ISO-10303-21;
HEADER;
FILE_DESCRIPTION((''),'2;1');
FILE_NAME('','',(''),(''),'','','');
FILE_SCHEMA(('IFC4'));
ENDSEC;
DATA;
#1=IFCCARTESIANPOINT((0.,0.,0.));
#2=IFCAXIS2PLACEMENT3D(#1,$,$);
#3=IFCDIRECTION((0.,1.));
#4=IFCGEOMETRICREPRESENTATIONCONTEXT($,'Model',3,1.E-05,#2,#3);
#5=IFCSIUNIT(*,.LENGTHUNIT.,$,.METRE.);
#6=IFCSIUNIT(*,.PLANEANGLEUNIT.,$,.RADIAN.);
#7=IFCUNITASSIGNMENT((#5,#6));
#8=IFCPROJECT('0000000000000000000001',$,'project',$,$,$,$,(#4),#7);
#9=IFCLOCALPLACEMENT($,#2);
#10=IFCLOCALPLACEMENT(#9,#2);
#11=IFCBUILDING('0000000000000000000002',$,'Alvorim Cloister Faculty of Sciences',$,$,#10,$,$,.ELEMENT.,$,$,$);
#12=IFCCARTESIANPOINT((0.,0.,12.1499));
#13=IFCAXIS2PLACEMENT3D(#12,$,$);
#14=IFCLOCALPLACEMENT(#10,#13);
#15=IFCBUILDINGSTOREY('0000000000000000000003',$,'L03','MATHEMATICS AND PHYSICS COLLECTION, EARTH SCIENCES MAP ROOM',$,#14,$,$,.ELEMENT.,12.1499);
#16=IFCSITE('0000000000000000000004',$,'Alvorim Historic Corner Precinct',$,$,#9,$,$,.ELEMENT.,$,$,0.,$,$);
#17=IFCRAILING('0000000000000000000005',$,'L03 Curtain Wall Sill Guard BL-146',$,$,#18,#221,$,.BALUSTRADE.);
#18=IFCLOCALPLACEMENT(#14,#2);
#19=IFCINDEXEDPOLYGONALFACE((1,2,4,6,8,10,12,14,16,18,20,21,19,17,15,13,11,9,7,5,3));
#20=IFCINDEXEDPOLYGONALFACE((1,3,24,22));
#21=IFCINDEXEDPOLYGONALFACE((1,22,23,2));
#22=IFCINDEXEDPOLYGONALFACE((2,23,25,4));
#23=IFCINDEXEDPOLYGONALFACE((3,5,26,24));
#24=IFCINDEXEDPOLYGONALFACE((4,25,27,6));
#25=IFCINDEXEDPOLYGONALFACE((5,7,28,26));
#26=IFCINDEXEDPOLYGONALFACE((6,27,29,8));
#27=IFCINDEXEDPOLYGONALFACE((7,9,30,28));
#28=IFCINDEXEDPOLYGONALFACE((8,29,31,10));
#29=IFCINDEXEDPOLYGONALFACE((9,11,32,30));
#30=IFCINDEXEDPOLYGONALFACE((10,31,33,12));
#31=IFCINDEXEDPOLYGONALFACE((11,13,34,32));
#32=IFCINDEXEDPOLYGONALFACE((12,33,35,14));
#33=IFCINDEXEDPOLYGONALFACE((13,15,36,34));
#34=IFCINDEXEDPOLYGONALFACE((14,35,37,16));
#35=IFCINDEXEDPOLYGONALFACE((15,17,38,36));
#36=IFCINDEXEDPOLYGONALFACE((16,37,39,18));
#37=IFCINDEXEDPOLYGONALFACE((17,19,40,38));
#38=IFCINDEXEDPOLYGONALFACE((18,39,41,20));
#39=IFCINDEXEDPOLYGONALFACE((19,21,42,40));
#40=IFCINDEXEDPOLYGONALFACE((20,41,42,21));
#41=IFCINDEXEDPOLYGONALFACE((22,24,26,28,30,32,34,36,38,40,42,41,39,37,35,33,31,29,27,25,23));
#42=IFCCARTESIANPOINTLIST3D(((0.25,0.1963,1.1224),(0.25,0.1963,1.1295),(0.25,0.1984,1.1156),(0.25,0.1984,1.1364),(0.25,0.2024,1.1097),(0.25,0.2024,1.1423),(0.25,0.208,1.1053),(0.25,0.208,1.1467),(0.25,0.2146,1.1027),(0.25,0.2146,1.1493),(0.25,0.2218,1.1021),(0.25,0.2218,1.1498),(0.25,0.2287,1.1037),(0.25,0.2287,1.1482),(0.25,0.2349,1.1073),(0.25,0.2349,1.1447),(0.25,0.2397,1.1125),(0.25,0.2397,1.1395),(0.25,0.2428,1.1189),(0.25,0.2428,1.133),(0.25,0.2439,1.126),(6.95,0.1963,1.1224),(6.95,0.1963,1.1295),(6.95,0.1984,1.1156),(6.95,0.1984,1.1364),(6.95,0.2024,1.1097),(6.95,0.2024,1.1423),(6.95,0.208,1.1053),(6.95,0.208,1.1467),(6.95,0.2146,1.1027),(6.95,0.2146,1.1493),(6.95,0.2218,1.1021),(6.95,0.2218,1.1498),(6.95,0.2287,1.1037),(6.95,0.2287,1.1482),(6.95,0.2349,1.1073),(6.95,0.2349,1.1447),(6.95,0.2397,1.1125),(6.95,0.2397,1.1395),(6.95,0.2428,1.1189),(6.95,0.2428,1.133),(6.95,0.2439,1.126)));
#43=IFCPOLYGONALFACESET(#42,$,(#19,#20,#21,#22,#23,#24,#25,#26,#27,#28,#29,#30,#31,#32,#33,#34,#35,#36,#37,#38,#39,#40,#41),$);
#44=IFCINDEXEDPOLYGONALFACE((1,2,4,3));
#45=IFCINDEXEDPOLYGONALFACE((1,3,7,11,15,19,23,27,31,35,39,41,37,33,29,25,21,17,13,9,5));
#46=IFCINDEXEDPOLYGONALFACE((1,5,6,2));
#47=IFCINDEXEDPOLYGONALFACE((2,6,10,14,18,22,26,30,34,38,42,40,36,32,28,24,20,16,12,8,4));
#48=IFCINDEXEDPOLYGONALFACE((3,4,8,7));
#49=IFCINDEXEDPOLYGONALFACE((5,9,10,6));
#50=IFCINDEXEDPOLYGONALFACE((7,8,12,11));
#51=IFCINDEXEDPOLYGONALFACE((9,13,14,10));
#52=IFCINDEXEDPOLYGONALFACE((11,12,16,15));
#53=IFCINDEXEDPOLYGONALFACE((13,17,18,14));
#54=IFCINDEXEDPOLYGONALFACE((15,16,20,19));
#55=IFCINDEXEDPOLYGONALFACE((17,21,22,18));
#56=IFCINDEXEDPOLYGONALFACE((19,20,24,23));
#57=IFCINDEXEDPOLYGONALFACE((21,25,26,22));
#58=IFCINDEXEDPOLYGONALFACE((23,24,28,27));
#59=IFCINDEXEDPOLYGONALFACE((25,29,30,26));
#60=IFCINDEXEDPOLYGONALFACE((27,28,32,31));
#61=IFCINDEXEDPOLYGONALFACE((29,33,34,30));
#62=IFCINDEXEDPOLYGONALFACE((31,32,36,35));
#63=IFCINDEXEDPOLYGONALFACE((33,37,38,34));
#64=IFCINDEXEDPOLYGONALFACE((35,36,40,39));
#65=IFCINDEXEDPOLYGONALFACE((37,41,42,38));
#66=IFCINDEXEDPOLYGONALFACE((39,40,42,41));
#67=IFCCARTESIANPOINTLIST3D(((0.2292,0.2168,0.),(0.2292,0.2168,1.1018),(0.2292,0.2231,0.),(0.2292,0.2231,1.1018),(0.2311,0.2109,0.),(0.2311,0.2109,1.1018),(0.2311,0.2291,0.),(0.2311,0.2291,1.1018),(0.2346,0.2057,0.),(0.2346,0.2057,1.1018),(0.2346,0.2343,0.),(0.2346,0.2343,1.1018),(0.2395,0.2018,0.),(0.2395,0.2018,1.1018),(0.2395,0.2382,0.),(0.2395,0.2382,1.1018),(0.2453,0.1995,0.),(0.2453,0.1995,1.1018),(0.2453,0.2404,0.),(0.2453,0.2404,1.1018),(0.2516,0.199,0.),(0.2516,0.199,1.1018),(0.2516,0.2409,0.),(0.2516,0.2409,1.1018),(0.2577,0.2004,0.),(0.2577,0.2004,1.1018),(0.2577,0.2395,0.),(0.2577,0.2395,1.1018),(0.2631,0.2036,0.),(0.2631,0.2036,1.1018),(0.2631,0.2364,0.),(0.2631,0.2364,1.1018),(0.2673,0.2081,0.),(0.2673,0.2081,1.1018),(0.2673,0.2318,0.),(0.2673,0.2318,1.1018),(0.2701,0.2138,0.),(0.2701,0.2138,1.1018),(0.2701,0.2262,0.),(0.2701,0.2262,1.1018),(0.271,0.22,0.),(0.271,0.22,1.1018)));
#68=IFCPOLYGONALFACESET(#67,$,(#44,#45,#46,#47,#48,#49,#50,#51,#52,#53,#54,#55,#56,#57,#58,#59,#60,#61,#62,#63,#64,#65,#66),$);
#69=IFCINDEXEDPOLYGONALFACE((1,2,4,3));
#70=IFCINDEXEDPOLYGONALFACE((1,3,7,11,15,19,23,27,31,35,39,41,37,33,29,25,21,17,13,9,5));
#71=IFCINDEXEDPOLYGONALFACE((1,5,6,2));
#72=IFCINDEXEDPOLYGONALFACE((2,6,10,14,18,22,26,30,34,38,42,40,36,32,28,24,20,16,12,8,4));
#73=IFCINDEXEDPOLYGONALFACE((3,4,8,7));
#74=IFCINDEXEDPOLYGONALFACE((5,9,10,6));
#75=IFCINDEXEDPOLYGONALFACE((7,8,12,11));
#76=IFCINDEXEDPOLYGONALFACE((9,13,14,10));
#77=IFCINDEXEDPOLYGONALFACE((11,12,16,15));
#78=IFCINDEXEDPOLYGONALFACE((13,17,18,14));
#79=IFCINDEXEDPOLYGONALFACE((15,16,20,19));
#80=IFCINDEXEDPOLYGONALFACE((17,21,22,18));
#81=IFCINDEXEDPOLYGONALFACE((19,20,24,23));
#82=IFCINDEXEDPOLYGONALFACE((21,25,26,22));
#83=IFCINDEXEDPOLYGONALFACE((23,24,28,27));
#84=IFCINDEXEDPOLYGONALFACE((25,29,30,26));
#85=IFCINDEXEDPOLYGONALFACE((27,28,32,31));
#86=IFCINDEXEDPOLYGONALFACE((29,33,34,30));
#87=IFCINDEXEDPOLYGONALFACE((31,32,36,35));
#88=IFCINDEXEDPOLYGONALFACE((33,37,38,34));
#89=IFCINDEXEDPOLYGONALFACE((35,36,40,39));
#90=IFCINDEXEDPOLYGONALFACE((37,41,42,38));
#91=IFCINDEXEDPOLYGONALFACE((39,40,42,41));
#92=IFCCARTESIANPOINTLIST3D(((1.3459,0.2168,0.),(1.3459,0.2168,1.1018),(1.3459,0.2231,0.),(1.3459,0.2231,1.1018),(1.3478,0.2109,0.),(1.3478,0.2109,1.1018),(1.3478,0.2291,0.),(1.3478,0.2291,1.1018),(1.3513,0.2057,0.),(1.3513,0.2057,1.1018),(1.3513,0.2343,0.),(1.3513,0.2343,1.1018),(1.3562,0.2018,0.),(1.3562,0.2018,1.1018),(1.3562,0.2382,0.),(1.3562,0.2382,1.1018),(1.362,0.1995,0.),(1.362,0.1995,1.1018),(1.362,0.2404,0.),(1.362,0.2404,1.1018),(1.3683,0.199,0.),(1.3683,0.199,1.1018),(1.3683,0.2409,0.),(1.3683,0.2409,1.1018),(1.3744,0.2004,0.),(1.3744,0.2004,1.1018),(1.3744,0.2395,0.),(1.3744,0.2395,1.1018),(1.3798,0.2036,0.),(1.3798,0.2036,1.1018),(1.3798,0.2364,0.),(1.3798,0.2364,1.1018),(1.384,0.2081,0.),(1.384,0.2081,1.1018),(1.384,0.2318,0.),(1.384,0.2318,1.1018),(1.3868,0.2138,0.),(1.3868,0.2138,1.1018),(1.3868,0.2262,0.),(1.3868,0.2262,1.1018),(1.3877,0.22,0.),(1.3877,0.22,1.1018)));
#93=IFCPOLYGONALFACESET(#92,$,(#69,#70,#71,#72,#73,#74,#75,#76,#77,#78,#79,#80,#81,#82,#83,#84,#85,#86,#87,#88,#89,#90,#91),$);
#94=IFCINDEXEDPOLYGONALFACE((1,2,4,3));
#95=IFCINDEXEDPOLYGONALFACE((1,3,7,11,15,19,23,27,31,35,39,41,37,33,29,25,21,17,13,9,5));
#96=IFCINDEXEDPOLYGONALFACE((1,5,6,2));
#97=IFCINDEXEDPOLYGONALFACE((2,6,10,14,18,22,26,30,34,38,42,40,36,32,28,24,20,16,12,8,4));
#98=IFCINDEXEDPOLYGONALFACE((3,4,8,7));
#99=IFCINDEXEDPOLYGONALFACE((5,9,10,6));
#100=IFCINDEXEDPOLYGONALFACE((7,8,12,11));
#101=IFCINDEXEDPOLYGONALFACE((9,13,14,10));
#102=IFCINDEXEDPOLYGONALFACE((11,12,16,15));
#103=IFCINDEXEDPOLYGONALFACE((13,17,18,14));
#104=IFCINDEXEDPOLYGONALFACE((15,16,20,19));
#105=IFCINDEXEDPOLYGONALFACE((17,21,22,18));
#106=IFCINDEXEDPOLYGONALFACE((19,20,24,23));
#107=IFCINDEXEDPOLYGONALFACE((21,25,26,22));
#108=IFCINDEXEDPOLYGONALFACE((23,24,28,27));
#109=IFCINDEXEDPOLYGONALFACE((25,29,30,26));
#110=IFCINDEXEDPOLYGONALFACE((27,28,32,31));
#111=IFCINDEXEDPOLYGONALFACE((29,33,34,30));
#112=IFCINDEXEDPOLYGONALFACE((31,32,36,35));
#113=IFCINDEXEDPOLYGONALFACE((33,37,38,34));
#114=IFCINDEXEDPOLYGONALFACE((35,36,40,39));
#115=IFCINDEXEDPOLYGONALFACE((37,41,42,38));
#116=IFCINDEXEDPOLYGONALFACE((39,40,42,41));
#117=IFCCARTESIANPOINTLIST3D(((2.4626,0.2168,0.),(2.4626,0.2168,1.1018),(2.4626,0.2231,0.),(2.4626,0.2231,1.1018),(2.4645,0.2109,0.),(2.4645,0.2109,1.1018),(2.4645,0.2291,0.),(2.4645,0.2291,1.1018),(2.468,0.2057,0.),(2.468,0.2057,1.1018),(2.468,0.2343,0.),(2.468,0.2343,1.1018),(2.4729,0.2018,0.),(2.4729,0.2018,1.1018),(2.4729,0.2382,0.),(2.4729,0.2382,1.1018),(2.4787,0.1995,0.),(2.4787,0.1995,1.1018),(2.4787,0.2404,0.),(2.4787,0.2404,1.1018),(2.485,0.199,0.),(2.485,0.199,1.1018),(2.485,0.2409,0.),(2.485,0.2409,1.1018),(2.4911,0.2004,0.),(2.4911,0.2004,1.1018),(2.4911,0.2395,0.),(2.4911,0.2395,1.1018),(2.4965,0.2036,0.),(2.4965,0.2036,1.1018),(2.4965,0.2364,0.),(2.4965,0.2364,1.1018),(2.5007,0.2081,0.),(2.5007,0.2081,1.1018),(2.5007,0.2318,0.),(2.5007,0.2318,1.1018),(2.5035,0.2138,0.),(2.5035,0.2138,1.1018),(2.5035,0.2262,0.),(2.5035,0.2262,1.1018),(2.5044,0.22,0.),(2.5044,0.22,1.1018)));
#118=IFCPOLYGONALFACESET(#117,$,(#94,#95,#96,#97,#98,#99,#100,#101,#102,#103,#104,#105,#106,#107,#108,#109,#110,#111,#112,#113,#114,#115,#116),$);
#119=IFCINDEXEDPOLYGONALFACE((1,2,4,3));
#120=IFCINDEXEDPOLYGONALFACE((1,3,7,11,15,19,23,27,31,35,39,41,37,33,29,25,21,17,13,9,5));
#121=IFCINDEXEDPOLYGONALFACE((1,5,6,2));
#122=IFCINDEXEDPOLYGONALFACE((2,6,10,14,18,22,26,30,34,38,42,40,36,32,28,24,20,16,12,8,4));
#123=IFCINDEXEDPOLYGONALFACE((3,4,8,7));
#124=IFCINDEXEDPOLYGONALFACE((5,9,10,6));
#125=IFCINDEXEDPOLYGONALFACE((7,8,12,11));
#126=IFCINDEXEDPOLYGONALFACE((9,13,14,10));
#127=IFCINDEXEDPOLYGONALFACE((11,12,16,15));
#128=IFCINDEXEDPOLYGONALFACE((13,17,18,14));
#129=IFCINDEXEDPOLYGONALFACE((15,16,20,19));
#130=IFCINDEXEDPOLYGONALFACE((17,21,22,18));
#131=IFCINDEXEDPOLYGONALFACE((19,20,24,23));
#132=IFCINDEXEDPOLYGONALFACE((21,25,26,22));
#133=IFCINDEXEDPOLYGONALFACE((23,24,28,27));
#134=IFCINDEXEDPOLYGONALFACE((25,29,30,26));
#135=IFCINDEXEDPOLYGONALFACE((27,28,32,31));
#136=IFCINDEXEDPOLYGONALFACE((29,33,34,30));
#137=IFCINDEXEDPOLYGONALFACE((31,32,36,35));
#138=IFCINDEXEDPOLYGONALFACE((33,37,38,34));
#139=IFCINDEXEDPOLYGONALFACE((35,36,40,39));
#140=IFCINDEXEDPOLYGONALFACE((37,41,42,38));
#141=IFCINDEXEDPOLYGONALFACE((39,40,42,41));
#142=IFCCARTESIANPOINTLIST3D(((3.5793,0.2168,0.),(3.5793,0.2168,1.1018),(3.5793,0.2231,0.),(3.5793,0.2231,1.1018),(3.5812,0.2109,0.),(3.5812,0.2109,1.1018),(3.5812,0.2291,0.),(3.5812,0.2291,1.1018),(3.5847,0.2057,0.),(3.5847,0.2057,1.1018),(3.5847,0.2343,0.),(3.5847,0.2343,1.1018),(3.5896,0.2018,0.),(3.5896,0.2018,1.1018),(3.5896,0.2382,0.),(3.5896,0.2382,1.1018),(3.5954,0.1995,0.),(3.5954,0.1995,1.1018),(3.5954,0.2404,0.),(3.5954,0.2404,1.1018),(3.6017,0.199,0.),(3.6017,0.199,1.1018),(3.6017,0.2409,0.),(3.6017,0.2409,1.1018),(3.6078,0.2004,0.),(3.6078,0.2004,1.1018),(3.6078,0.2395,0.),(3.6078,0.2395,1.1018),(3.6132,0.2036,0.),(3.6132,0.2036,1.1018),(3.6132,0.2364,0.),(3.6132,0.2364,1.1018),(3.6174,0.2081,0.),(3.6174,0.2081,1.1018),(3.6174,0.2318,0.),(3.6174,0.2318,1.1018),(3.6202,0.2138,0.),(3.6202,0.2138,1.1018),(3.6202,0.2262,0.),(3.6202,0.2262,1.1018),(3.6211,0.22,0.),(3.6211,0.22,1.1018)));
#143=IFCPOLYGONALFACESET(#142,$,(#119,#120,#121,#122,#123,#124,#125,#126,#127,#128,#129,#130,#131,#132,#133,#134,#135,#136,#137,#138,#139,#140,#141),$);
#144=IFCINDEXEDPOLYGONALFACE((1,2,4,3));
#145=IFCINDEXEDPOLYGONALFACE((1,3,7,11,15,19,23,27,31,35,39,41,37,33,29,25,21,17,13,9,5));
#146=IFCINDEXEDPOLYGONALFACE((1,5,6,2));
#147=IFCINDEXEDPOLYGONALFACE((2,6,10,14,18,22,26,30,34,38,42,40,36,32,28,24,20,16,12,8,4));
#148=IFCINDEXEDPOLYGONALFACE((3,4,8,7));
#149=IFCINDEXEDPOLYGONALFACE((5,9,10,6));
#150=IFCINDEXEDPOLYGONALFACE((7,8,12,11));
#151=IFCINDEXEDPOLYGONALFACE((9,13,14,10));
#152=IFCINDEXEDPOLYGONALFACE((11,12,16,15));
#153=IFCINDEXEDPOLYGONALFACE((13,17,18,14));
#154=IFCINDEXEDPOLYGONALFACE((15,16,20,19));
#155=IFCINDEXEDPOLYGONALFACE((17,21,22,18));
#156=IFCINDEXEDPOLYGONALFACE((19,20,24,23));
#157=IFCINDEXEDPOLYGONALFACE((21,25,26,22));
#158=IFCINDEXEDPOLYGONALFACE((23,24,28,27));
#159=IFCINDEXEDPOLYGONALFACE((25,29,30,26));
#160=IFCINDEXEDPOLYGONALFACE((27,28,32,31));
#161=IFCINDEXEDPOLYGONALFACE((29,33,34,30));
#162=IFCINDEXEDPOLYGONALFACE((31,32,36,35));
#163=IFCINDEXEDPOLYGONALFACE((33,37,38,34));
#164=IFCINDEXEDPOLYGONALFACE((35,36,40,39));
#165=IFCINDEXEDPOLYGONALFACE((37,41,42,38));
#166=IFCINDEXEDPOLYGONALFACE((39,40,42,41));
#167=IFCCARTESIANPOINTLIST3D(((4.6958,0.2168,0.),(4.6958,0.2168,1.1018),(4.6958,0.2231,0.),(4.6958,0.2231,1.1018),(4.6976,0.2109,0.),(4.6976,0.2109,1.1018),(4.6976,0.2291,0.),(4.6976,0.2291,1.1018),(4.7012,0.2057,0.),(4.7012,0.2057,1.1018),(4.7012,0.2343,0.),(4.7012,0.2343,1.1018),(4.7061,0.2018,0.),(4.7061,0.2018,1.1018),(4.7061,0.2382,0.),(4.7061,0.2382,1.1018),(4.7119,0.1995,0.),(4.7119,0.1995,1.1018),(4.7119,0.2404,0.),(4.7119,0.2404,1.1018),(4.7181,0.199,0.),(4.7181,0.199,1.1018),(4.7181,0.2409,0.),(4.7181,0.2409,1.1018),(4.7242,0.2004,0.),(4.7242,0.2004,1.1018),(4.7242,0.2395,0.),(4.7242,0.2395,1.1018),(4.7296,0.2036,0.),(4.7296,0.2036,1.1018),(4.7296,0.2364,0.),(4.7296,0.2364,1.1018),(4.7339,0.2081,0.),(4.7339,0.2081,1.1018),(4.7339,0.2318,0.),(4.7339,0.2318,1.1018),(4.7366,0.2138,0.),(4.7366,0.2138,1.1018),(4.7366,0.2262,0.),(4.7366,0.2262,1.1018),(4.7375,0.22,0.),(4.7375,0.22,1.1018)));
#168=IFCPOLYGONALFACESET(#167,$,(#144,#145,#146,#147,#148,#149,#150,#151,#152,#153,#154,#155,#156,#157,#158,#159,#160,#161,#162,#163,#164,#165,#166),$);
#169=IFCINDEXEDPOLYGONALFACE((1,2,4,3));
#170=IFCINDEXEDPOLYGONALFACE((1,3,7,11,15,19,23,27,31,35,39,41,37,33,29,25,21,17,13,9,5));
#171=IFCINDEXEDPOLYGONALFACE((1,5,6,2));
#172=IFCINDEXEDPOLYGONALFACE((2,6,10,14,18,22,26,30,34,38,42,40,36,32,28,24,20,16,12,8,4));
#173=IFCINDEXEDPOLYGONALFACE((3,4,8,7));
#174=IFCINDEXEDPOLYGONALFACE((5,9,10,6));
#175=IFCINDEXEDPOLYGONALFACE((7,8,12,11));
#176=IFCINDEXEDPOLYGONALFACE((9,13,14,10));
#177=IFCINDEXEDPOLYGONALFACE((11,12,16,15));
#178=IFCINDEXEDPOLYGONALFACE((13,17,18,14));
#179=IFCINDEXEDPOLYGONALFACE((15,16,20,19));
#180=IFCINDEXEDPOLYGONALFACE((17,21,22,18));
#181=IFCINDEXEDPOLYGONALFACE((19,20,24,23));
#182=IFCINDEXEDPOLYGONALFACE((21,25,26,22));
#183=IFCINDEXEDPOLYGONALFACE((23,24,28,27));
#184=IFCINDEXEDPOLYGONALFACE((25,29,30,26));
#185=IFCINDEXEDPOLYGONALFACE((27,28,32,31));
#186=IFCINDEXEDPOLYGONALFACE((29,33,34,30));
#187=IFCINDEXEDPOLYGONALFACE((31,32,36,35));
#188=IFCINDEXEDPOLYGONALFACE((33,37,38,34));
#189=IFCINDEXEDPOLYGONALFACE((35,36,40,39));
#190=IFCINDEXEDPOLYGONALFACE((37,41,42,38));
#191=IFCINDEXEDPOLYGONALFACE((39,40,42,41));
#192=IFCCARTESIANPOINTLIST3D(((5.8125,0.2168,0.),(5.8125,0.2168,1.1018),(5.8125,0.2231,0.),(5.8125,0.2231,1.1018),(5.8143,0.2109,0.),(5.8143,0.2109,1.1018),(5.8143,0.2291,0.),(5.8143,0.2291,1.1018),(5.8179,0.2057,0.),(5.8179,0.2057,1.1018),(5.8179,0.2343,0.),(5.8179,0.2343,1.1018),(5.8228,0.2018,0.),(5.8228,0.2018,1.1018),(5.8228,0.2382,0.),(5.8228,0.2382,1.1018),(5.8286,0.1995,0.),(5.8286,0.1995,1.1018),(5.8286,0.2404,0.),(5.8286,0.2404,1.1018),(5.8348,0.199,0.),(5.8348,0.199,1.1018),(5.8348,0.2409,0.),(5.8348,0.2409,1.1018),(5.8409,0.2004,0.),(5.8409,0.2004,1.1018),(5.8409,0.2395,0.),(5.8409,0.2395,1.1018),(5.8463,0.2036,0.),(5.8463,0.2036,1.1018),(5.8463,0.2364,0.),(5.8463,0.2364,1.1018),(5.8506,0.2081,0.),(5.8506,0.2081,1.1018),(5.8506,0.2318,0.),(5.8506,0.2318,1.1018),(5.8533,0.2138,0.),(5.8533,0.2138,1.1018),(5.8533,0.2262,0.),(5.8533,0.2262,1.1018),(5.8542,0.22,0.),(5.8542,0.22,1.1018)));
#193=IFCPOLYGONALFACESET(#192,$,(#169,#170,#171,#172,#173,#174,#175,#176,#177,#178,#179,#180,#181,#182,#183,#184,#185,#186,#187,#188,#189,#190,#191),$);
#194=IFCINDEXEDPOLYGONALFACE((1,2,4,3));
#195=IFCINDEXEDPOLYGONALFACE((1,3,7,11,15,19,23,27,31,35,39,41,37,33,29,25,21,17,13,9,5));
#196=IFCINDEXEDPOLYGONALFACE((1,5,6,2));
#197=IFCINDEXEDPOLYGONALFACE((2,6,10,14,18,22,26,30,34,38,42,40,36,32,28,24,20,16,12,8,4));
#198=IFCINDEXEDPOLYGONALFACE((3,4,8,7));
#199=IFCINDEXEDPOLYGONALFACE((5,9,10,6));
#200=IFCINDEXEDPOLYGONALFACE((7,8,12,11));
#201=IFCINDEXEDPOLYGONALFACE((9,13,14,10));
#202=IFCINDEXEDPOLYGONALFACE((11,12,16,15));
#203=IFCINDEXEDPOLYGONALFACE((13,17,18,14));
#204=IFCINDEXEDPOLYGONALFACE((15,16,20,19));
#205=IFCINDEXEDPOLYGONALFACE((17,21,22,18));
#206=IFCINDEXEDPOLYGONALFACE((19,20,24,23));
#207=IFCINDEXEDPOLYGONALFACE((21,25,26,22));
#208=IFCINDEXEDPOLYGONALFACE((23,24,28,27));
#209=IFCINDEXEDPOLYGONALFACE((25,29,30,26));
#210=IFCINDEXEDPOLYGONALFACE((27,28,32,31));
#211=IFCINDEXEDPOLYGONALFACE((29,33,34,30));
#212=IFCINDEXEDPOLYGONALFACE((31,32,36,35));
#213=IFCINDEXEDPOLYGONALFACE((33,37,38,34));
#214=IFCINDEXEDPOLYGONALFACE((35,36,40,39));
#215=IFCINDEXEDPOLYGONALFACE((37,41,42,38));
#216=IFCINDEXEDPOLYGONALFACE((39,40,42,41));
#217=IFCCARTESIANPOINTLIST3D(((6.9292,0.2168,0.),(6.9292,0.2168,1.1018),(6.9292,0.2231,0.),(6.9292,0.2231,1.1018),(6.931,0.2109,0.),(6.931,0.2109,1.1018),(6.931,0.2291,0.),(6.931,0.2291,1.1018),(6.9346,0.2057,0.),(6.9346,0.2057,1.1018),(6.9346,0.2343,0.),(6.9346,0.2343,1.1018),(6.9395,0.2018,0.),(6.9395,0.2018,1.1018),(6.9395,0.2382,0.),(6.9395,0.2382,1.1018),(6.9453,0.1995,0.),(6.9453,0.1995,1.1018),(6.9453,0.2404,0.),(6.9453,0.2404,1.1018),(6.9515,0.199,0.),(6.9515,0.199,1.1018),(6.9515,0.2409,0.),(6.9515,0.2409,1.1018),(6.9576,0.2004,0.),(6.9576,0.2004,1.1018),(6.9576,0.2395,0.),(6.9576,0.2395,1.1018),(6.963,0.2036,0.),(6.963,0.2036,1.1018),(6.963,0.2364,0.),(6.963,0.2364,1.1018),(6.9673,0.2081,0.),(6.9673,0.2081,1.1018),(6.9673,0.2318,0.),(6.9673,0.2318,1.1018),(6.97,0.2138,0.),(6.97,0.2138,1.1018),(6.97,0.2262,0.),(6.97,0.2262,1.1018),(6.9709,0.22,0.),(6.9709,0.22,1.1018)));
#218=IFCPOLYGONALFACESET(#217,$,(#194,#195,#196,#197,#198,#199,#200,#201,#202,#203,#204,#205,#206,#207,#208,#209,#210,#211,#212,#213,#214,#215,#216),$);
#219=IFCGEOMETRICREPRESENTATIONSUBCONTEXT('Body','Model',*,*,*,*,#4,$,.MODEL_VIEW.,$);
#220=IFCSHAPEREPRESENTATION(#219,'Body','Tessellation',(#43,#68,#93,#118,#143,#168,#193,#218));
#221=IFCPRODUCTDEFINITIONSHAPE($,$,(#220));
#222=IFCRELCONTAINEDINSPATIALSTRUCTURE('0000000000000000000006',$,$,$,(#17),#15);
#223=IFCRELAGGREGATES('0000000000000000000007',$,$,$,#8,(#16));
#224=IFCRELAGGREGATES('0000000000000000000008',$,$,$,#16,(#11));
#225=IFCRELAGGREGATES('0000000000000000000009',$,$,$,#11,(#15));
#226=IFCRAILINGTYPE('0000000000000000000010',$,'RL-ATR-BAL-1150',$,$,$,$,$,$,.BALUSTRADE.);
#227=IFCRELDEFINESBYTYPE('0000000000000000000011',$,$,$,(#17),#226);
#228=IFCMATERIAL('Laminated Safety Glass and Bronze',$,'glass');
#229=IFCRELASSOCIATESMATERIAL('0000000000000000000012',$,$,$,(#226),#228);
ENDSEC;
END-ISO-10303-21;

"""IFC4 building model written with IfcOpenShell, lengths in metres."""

from ifc_helpers import new_model, si_unit, direction, frame, origin, origin_2d, place, context, subcontext, project, spatial, circle, extrude, material, type_object, element, save


model = new_model("IFC4")

# Units and contexts
model_context = context("Model", 3, precision=1e-05, world=origin(), true_north=direction((0.0, 1.0)))
body_context = subcontext(model_context, "Body", "Model", "MODEL_VIEW")
ifc_project = project(units=[si_unit("LENGTHUNIT", "METRE"), si_unit("PLANEANGLEUNIT", "RADIAN")], contexts=[model_context])

# Site, building, storey
site_placement = place(None, origin())
site = spatial("IfcSite", under=ifc_project, at=site_placement, Name="Alvorim Historic Corner Precinct", CompositionType="ELEMENT", RefElevation=0.0)
building_placement = place(site_placement, origin())
building = spatial("IfcBuilding", under=site, at=building_placement, Name="Alvorim Cloister Faculty of Sciences", CompositionType="ELEMENT")
storey_placement = place(building_placement, frame((0.0, 0.0, 12.1499)))
storey = spatial("IfcBuildingStorey", under=building, at=storey_placement, Name="L03", Description="MATHEMATICS AND PHYSICS COLLECTION, EARTH SCIENCES MAP ROOM", CompositionType="ELEMENT", Elevation=12.1499)

# Railing
ifc_material_1 = material(Name="Laminated Safety Glass and Bronze", Category="glass")
railing_type = type_object("IfcRailingType", Name="RL-ATR-BAL-1150", PredefinedType="BALUSTRADE", material=ifc_material_1)
railing_1_placement = place(storey_placement, frame((0.25, 0.22, 0.0)))
element("IfcRailing", 1, at=railing_1_placement, inside=storey, type_object=railing_type, Name="L03 Curtain Wall Sill Guard BL-146", PredefinedType="BALUSTRADE", context=body_context, shape_type="SweptSolid", body=[
    extrude(circle(Radius=0.0239, at=origin_2d()), frame((0.0, 0.0, 1.126), z_axis=(1.0, 0.0, 0.0), x_axis=(0.0, 1.0, 0.0)), (0.0, 0.0, 1.0), 6.7),
    extrude(circle(Radius=0.021, at=origin_2d()), origin(), (0.0, 0.0, 1.0), 1.1018),
    extrude(circle(Radius=0.021, at=origin_2d()), frame((1.1167, 0.0, 0.0)), (0.0, 0.0, 1.0), 1.1018),
    extrude(circle(Radius=0.021, at=origin_2d()), frame((2.2334, 0.0, 0.0)), (0.0, 0.0, 1.0), 1.1018),
    extrude(circle(Radius=0.021, at=origin_2d()), frame((3.3501, 0.0, 0.0)), (0.0, 0.0, 1.0), 1.1018),
    extrude(circle(Radius=0.021, at=origin_2d()), frame((4.4666, 0.0, 0.0)), (0.0, 0.0, 1.0), 1.1018),
    extrude(circle(Radius=0.021, at=origin_2d()), frame((5.5833, 0.0, 0.0)), (0.0, 0.0, 1.0), 1.1018),
    extrude(circle(Radius=0.021, at=origin_2d()), frame((6.7, 0.0, 0.0)), (0.0, 0.0, 1.0), 1.1018),
])

save(model, "model.ifc")
